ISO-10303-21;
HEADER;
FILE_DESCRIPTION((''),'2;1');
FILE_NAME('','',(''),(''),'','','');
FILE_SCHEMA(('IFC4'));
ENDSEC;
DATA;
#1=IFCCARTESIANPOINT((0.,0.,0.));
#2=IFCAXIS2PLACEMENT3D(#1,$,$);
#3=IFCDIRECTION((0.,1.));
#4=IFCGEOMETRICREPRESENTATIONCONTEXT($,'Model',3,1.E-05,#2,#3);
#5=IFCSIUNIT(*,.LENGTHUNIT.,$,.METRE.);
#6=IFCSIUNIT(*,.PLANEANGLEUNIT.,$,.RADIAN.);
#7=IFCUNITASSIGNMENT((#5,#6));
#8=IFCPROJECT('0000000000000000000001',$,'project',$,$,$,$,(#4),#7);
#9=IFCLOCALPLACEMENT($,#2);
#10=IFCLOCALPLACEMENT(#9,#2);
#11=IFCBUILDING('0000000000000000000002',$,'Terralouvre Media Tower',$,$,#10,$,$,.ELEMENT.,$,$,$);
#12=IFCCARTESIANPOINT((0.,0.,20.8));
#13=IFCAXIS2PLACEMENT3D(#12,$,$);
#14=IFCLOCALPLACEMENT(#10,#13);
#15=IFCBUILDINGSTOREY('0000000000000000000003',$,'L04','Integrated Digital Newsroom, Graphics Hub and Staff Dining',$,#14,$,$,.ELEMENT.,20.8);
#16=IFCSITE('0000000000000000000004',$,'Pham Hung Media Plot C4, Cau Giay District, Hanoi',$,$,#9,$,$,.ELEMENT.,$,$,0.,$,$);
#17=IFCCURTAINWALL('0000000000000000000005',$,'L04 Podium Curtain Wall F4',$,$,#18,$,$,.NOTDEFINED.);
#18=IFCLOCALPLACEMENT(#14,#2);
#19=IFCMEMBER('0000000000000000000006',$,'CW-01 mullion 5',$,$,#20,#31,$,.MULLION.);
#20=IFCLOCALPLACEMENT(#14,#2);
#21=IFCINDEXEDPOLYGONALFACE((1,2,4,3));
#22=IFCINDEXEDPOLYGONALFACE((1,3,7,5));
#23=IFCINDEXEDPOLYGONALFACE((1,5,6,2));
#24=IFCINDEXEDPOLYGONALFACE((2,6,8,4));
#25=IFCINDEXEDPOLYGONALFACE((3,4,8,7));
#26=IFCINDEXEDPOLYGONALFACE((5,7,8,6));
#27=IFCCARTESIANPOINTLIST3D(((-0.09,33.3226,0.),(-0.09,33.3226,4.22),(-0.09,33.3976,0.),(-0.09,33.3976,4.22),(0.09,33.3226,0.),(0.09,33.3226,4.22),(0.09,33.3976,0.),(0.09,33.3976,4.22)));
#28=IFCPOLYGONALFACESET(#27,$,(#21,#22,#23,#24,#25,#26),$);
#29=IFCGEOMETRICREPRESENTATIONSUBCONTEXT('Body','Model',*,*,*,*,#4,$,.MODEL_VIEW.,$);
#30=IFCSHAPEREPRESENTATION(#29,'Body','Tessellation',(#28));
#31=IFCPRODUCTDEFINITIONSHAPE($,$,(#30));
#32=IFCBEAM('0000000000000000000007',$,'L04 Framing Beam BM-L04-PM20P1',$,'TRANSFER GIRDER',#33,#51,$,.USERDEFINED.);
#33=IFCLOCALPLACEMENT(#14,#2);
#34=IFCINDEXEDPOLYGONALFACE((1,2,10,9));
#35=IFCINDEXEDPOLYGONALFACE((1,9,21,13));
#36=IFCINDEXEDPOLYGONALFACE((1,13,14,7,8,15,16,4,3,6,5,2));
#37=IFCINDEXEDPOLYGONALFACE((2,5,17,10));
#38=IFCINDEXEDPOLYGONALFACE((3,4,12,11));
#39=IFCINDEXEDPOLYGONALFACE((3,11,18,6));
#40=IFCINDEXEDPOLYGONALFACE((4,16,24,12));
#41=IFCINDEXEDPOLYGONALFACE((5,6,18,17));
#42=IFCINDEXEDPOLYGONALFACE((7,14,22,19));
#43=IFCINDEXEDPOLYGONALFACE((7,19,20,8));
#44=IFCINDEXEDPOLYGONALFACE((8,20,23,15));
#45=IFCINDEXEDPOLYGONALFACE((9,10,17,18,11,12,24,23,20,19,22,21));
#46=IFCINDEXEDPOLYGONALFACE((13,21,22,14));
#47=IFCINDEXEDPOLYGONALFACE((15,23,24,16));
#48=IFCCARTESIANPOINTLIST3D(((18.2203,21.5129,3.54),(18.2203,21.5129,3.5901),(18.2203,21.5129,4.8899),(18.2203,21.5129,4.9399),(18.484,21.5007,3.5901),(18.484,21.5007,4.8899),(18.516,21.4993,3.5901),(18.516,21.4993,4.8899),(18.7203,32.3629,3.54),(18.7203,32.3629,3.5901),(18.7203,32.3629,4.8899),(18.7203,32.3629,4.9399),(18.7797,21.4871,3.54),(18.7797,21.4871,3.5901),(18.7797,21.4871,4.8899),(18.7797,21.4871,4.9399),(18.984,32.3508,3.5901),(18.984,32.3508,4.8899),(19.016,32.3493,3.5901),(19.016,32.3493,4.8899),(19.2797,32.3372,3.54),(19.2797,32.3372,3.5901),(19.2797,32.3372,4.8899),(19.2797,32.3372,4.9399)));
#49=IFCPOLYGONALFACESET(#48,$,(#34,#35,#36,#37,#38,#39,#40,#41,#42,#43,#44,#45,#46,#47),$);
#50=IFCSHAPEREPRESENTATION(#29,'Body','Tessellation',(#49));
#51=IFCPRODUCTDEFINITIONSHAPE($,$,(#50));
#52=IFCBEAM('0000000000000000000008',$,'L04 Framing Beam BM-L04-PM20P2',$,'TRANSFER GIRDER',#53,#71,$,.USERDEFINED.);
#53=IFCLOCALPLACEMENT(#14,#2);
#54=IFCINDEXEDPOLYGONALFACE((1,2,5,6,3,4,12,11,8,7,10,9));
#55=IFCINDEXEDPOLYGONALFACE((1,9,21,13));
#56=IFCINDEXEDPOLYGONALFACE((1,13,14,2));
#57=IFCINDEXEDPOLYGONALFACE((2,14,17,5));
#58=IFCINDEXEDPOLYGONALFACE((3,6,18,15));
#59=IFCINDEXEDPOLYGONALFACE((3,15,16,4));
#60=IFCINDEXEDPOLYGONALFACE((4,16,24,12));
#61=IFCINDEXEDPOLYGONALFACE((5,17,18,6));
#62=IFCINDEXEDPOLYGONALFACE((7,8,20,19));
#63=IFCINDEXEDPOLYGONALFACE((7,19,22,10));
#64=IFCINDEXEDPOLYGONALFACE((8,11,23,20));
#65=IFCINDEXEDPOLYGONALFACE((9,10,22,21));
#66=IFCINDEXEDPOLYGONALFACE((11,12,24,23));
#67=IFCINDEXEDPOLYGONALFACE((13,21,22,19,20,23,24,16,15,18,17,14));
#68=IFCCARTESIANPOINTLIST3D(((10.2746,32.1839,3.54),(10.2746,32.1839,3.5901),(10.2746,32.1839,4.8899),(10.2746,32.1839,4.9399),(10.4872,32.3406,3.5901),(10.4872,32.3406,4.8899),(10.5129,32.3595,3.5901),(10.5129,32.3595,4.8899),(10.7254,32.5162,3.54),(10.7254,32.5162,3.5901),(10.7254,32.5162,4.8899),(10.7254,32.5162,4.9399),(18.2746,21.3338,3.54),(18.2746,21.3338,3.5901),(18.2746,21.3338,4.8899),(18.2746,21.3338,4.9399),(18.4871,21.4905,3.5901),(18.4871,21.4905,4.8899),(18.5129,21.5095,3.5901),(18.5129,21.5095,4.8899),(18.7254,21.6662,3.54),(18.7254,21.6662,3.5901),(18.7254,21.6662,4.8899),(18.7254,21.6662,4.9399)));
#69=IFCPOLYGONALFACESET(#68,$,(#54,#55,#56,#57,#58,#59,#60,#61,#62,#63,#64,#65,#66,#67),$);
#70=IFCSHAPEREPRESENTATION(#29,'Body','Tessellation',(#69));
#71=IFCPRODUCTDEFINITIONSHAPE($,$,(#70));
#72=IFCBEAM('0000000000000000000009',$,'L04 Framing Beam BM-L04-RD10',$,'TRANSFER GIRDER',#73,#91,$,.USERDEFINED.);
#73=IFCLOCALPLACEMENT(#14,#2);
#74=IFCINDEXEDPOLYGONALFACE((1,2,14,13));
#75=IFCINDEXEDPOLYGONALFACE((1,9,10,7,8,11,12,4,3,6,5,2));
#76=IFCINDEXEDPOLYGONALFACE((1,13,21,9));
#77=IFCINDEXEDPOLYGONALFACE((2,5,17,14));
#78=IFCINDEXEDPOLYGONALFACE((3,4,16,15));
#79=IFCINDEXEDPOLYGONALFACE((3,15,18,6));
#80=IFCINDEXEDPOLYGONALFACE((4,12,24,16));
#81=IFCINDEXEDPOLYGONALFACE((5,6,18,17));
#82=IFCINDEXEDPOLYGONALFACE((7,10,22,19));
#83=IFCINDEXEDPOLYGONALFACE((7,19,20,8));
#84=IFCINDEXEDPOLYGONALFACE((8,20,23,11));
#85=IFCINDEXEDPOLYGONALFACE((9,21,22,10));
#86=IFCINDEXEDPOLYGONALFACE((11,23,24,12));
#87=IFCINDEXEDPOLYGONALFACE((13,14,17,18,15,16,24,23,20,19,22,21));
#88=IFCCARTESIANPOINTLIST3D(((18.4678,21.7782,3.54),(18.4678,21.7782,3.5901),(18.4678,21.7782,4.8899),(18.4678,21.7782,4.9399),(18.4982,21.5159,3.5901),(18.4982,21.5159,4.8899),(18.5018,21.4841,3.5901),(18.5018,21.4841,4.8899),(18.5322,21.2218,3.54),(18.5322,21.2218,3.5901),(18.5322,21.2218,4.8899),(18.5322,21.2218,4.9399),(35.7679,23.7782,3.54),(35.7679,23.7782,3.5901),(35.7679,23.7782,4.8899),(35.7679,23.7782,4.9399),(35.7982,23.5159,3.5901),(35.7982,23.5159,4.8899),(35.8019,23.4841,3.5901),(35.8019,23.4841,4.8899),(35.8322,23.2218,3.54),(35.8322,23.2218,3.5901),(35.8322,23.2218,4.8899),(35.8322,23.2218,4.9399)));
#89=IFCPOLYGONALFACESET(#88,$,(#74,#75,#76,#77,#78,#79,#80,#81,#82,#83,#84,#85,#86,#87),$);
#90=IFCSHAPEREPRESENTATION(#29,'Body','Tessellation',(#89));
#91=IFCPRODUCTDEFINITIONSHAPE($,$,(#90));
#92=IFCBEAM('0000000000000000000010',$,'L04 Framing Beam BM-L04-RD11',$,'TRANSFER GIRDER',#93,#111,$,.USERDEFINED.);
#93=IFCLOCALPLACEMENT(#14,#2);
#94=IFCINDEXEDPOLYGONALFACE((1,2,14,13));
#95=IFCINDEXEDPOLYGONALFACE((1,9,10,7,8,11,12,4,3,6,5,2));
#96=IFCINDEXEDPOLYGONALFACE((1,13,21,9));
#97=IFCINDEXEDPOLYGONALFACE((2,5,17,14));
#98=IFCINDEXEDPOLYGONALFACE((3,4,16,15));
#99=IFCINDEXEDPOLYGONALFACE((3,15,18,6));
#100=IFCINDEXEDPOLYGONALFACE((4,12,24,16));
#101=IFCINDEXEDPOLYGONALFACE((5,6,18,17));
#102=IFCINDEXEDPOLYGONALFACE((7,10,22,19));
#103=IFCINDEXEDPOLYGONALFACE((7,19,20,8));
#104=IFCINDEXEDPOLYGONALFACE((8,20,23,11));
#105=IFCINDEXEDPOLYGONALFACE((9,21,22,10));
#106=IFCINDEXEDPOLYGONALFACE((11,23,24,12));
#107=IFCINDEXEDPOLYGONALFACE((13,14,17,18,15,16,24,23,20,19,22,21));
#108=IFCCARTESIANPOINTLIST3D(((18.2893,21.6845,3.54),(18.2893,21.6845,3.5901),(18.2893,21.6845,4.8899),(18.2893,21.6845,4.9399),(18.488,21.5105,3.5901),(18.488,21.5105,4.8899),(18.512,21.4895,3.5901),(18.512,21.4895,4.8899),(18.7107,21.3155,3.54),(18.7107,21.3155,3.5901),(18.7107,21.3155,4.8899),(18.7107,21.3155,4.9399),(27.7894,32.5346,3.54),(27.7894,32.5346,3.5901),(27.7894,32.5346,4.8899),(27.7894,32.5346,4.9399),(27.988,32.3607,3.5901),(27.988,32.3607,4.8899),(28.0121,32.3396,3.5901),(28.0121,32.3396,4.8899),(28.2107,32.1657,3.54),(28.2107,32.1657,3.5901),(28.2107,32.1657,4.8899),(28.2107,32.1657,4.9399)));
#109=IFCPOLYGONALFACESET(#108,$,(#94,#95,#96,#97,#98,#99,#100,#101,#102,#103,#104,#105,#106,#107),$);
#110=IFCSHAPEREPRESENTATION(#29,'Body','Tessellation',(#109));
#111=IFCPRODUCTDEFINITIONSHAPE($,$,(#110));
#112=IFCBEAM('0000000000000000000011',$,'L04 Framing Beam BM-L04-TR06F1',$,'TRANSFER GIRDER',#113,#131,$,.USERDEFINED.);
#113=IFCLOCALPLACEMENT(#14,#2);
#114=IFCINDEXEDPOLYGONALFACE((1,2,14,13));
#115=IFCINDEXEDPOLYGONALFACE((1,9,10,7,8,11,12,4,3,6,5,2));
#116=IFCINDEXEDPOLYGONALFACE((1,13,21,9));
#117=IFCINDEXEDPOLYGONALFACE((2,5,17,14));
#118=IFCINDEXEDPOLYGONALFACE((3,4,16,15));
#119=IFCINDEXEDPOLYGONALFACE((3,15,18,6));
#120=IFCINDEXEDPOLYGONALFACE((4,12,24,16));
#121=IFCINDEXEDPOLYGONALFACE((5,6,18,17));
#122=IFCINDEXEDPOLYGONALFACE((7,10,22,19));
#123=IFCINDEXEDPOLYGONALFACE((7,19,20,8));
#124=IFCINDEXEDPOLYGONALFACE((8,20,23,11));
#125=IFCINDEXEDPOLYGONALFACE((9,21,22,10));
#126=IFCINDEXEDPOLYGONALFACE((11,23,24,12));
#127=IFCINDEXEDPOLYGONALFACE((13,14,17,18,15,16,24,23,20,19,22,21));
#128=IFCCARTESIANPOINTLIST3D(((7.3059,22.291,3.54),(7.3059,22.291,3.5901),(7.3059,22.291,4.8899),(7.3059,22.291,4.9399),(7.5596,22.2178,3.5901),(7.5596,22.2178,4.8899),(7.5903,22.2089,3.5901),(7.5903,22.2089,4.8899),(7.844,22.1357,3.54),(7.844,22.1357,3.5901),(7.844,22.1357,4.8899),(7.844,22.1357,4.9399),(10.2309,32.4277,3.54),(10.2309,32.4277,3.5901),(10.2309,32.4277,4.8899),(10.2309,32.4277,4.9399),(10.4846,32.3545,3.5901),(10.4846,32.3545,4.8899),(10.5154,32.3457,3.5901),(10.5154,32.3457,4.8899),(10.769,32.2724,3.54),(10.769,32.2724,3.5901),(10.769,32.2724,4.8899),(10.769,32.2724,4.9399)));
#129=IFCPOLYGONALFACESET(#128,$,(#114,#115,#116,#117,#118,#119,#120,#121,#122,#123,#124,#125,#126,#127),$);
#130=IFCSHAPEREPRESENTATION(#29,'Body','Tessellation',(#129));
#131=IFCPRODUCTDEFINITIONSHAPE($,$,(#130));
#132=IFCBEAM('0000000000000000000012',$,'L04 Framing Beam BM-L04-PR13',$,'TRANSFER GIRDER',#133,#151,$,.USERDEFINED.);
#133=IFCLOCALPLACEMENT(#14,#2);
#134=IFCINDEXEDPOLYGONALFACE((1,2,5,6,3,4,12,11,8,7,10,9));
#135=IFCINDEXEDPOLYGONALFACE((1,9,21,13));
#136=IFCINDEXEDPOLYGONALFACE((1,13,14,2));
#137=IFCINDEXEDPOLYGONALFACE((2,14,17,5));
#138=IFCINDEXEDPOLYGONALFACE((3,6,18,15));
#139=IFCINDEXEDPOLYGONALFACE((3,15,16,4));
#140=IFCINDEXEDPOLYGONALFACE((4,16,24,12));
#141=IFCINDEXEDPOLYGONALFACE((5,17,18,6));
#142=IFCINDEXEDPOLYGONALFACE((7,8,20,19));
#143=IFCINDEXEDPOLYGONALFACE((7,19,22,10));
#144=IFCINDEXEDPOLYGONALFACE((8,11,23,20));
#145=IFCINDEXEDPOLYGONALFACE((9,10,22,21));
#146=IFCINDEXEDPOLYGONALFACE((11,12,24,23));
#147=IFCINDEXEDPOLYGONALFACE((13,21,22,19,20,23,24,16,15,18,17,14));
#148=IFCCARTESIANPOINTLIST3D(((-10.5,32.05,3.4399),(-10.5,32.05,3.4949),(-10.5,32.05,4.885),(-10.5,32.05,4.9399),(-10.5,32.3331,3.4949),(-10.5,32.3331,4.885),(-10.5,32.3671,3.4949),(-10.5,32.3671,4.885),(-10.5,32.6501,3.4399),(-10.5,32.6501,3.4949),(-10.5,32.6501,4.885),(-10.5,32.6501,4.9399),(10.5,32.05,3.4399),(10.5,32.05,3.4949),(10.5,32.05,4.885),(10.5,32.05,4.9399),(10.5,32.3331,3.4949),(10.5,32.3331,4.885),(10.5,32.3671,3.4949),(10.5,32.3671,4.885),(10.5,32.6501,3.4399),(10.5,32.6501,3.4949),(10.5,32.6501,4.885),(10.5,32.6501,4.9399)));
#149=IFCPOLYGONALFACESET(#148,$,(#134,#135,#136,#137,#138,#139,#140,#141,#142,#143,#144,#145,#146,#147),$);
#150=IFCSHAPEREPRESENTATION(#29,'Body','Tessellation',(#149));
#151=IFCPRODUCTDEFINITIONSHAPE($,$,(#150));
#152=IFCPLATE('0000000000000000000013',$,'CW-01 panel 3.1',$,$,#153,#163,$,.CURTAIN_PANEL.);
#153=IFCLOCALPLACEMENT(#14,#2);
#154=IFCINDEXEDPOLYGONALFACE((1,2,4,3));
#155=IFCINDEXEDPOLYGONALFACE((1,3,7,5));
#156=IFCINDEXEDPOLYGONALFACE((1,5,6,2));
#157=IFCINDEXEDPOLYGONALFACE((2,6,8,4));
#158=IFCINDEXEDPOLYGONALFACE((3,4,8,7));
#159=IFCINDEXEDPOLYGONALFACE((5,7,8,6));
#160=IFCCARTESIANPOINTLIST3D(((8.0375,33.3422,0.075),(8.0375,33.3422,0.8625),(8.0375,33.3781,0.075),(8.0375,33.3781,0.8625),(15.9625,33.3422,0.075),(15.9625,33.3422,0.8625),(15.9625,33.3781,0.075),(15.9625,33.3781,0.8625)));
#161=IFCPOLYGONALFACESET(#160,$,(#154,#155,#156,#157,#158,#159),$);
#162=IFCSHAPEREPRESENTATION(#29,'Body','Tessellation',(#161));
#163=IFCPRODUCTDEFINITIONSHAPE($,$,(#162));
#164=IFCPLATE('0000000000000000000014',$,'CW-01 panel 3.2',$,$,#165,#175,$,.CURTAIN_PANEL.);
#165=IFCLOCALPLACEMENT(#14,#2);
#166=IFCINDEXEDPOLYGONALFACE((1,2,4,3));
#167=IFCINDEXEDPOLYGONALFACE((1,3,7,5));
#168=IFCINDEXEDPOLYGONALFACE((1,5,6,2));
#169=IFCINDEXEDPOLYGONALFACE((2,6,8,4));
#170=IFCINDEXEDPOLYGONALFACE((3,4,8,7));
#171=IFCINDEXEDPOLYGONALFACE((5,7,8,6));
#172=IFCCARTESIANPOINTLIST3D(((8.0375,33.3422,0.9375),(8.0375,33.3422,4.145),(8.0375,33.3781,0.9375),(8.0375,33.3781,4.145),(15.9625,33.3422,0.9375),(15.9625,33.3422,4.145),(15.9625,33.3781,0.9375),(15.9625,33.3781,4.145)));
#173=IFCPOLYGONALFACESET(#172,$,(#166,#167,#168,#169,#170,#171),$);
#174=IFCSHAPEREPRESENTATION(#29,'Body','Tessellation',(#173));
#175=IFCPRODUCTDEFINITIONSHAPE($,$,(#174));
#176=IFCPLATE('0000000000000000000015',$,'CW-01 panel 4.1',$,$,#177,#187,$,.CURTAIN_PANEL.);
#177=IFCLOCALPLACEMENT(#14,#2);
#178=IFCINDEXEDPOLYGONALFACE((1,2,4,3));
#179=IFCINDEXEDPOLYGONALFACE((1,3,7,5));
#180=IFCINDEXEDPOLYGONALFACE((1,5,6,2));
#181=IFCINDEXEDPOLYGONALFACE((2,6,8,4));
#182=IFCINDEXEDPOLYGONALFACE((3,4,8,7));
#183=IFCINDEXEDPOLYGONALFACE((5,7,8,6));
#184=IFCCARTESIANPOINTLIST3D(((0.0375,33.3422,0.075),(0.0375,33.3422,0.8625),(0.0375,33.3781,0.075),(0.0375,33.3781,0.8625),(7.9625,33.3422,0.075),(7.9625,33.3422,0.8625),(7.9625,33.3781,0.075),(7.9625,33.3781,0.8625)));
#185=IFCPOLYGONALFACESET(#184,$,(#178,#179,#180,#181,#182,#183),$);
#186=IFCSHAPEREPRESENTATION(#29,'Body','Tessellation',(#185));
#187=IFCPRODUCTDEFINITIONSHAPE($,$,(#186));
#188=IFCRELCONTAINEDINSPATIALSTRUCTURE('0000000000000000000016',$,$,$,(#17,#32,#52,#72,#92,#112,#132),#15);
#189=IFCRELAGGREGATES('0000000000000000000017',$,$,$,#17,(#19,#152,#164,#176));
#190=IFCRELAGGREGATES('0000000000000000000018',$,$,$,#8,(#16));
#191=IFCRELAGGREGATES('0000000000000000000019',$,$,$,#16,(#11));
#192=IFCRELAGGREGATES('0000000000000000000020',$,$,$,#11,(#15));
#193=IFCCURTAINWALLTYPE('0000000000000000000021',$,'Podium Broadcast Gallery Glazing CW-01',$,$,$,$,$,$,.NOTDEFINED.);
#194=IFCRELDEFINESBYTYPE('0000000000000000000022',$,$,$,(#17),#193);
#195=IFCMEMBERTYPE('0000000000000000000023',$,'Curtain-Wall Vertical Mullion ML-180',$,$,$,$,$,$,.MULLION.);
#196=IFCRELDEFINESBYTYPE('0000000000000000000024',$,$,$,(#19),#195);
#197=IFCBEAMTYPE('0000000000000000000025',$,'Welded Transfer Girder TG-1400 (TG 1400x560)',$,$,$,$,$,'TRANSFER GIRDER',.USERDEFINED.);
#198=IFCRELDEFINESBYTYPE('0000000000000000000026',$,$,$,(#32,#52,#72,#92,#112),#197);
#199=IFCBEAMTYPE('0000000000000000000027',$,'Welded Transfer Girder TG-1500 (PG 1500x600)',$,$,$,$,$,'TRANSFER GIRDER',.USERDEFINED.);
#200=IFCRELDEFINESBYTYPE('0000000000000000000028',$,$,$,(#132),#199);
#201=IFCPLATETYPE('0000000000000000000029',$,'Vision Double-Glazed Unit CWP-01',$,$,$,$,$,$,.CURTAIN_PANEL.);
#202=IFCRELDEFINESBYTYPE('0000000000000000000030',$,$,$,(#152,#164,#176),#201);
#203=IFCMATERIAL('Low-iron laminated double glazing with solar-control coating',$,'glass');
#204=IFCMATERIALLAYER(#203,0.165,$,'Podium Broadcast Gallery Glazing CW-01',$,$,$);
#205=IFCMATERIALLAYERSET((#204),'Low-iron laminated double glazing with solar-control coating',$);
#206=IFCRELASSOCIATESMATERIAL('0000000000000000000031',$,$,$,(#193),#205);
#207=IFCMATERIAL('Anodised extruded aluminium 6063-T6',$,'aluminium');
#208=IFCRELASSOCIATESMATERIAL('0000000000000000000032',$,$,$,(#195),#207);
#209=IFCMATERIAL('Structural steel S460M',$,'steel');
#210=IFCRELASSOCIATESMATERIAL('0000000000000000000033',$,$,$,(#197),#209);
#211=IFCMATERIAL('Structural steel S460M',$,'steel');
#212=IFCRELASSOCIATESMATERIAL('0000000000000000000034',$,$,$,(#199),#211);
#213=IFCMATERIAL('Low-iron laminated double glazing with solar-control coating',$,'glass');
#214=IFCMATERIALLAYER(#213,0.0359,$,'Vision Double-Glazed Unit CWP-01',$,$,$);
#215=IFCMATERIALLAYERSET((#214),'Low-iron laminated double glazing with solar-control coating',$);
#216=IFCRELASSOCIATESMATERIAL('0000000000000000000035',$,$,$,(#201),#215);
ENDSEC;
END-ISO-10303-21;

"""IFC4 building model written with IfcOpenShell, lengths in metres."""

from ifc_helpers import new_model, si_unit, direction, frame, origin, origin_2d, place, context, subcontext, project, spatial, rectangle, i_section, extrude, material, layer, layer_set, material_profile, profile_set, type_object, element, aggregate, save


model = new_model("IFC4")

# Units and contexts
model_context = context("Model", 3, precision=1e-05, world=origin(), true_north=direction((0.0, 1.0)))
body_context = subcontext(model_context, "Body", "Model", "MODEL_VIEW")
ifc_project = project(units=[si_unit("LENGTHUNIT", "METRE"), si_unit("PLANEANGLEUNIT", "RADIAN")], contexts=[model_context])

# Site, building, storey
site_placement = place(None, origin())
site = spatial("IfcSite", under=ifc_project, at=site_placement, Name="Pham Hung Media Plot C4, Cau Giay District, Hanoi", CompositionType="ELEMENT", RefElevation=0.0)
building_placement = place(site_placement, origin())
building = spatial("IfcBuilding", under=site, at=building_placement, Name="Terralouvre Media Tower", CompositionType="ELEMENT")
storey_placement = place(building_placement, frame((0.0, 0.0, 20.8)))
storey = spatial("IfcBuildingStorey", under=building, at=storey_placement, Name="L04", Description="Integrated Digital Newsroom, Graphics Hub and Staff Dining", CompositionType="ELEMENT", Elevation=20.8)

# Curtain wall, member
ifc_material_1 = material(Name="Low-iron laminated double glazing with solar-control coating", Category="glass")
ifc_layer_1 = layer(ifc_material_1, 0.165, Name="Podium Broadcast Gallery Glazing CW-01")
ifc_layer_set_1 = layer_set([ifc_layer_1], Name="Low-iron laminated double glazing with solar-control coating")
curtain_wall_type = type_object("IfcCurtainWallType", Name="Podium Broadcast Gallery Glazing CW-01", PredefinedType="NOTDEFINED", material=ifc_layer_set_1)
curtain_wall_placement = place(storey_placement, origin())
curtain_wall = element("IfcCurtainWall", 1, at=curtain_wall_placement, inside=storey, type_object=curtain_wall_type, Name="L04 Podium Curtain Wall F4", PredefinedType="NOTDEFINED")
ifc_material_2 = material(Name="Anodised extruded aluminium 6063-T6", Category="aluminium")
ifc_material_profile_1 = material_profile(ifc_material_2, rectangle(XDim=0.075, YDim=0.1799, at=origin_2d()), Name="ALU 75x180")
ifc_profile_set_1 = profile_set([ifc_material_profile_1], Name="Anodised extruded aluminium 6063-T6")
member_type_1 = type_object("IfcMemberType", Name="Curtain-Wall Vertical Mullion ML-180", PredefinedType="MULLION", material=ifc_profile_set_1)
member_1_placement = place(storey_placement, frame((0.0, 33.3601, 0.0), z_axis=(0.0, 0.0, 1.0), x_axis=(0.0, -1.0, 0.0)))
member_1 = element("IfcMember", 2, at=member_1_placement, type_object=member_type_1, Name="CW-01 mullion 5", PredefinedType="MULLION", context=body_context, shape_type="SweptSolid", body=[
    extrude(rectangle(XDim=0.075, YDim=0.1799, at=origin_2d()), origin(), (0.0, 0.0, 1.0), 4.22),
])

# Beams
ifc_material_3 = material(Name="Structural steel S460M", Category="steel")
ifc_material_profile_2 = material_profile(ifc_material_3, i_section(OverallWidth=0.5601, OverallDepth=1.3999, WebThickness=0.032, FlangeThickness=0.05, at=origin_2d()), Name="TG 1400x560")
ifc_profile_set_2 = profile_set([ifc_material_profile_2], Name="Structural steel S460M")
beam_type_1 = type_object("IfcBeamType", Name="Welded Transfer Girder TG-1400 (TG 1400x560)", ElementType="TRANSFER GIRDER", PredefinedType="USERDEFINED", material=ifc_profile_set_2)
beam_1_placement = place(storey_placement, frame((18.5, 21.5, 4.24), z_axis=(0.046034, 0.99894, 0.0), x_axis=(-0.99894, 0.046034, 0.0)))
element("IfcBeam", 3, at=beam_1_placement, inside=storey, type_object=beam_type_1, Name="L04 Framing Beam BM-L04-PM20P1", ObjectType="TRANSFER GIRDER", PredefinedType="USERDEFINED", context=body_context, shape_type="SweptSolid", body=[
    extrude(i_section(OverallWidth=0.5601, OverallDepth=1.3999, WebThickness=0.032, FlangeThickness=0.05, at=origin_2d()), origin(), (0.0, 0.0, 1.0), 10.8616),
])
beam_2_placement = place(storey_placement, frame((18.5, 21.5, 4.24), z_axis=(-0.593449, 0.804872, 0.0), x_axis=(-0.804872, -0.593449, 0.0)))
element("IfcBeam", 4, at=beam_2_placement, inside=storey, type_object=beam_type_1, Name="L04 Framing Beam BM-L04-PM20P2", ObjectType="TRANSFER GIRDER", PredefinedType="USERDEFINED", context=body_context, shape_type="SweptSolid", body=[
    extrude(i_section(OverallWidth=0.5601, OverallDepth=1.3999, WebThickness=0.032, FlangeThickness=0.05, at=origin_2d()), origin(), (0.0, 0.0, 1.0), 13.4805),
])
beam_3_placement = place(storey_placement, frame((18.5, 21.5, 4.24), z_axis=(0.993384, 0.114842, 0.0), x_axis=(-0.114842, 0.993384, 0.0)))
element("IfcBeam", 5, at=beam_3_placement, inside=storey, type_object=beam_type_1, Name="L04 Framing Beam BM-L04-RD10", ObjectType="TRANSFER GIRDER", PredefinedType="USERDEFINED", context=body_context, shape_type="SweptSolid", body=[
    extrude(i_section(OverallWidth=0.5601, OverallDepth=1.3999, WebThickness=0.032, FlangeThickness=0.05, at=origin_2d()), origin(), (0.0, 0.0, 1.0), 17.4153),
])
beam_4_placement = place(storey_placement, frame((18.5, 21.5, 4.24), z_axis=(0.658747, 0.752365, 0.0), x_axis=(-0.752365, 0.658747, 0.0)))
element("IfcBeam", 6, at=beam_4_placement, inside=storey, type_object=beam_type_1, Name="L04 Framing Beam BM-L04-RD11", ObjectType="TRANSFER GIRDER", PredefinedType="USERDEFINED", context=body_context, shape_type="SweptSolid", body=[
    extrude(i_section(OverallWidth=0.5601, OverallDepth=1.3999, WebThickness=0.032, FlangeThickness=0.05, at=origin_2d()), origin(), (0.0, 0.0, 1.0), 14.4214),
])
beam_5_placement = place(storey_placement, frame((7.575, 22.2134, 4.24), z_axis=(0.277248, 0.960798, 0.0), x_axis=(-0.960798, 0.277248, 0.0)))
element("IfcBeam", 7, at=beam_5_placement, inside=storey, type_object=beam_type_1, Name="L04 Framing Beam BM-L04-TR06F1", ObjectType="TRANSFER GIRDER", PredefinedType="USERDEFINED", context=body_context, shape_type="SweptSolid", body=[
    extrude(i_section(OverallWidth=0.5601, OverallDepth=1.3999, WebThickness=0.032, FlangeThickness=0.05, at=origin_2d()), origin(), (0.0, 0.0, 1.0), 10.5503),
])
ifc_material_4 = material(Name="Structural steel S460M", Category="steel")
ifc_material_profile_3 = material_profile(ifc_material_4, i_section(OverallWidth=0.6001, OverallDepth=1.5, WebThickness=0.0339, FlangeThickness=0.0549, at=origin_2d()), Name="PG 1500x600")
ifc_profile_set_3 = profile_set([ifc_material_profile_3], Name="Structural steel S460M")
beam_type_2 = type_object("IfcBeamType", Name="Welded Transfer Girder TG-1500 (PG 1500x600)", ElementType="TRANSFER GIRDER", PredefinedType="USERDEFINED", material=ifc_profile_set_3)
beam_6_placement = place(storey_placement, frame((10.5, 32.3501, 4.1899), z_axis=(-1.0, 0.0, 0.0), x_axis=(0.0, -1.0, 0.0)))
element("IfcBeam", 8, at=beam_6_placement, inside=storey, type_object=beam_type_2, Name="L04 Framing Beam BM-L04-PR13", ObjectType="TRANSFER GIRDER", PredefinedType="USERDEFINED", context=body_context, shape_type="SweptSolid", body=[
    extrude(i_section(OverallWidth=0.6001, OverallDepth=1.5, WebThickness=0.0339, FlangeThickness=0.0549, at=origin_2d()), origin(), (0.0, 0.0, 1.0), 21.0),
])

# Plates
ifc_material_5 = material(Name="Low-iron laminated double glazing with solar-control coating", Category="glass")
ifc_layer_2 = layer(ifc_material_5, 0.0359, Name="Vision Double-Glazed Unit CWP-01")
ifc_layer_set_2 = layer_set([ifc_layer_2], Name="Low-iron laminated double glazing with solar-control coating")
plate_type = type_object("IfcPlateType", Name="Vision Double-Glazed Unit CWP-01", PredefinedType="CURTAIN_PANEL", material=ifc_layer_set_2)
plate_1_placement = place(storey_placement, frame((12.0, 33.3601, 0.075), z_axis=(0.0, 0.0, 1.0), x_axis=(-1.0, 0.0, 0.0)))
plate_1 = element("IfcPlate", 9, at=plate_1_placement, type_object=plate_type, Name="CW-01 panel 3.1", PredefinedType="CURTAIN_PANEL", context=body_context, shape_type="SweptSolid", body=[
    extrude(rectangle(XDim=7.925, YDim=0.0359, at=origin_2d()), origin(), (0.0, 0.0, 1.0), 0.7876),
])
plate_2_placement = place(storey_placement, frame((12.0, 33.3601, 0.9375), z_axis=(0.0, 0.0, 1.0), x_axis=(-1.0, 0.0, 0.0)))
plate_2 = element("IfcPlate", 10, at=plate_2_placement, type_object=plate_type, Name="CW-01 panel 3.2", PredefinedType="CURTAIN_PANEL", context=body_context, shape_type="SweptSolid", body=[
    extrude(rectangle(XDim=7.925, YDim=0.0359, at=origin_2d()), origin(), (0.0, 0.0, 1.0), 3.2075),
])
plate_3_placement = place(storey_placement, frame((4.0, 33.3601, 0.075), z_axis=(0.0, 0.0, 1.0), x_axis=(-1.0, 0.0, 0.0)))
plate_3 = element("IfcPlate", 11, at=plate_3_placement, type_object=plate_type, Name="CW-01 panel 4.1", PredefinedType="CURTAIN_PANEL", context=body_context, shape_type="SweptSolid", body=[
    extrude(rectangle(XDim=7.925, YDim=0.0359, at=origin_2d()), origin(), (0.0, 0.0, 1.0), 0.7876),
])
aggregate(curtain_wall, [member_1, plate_1, plate_2, plate_3])

save(model, "model.ifc")
